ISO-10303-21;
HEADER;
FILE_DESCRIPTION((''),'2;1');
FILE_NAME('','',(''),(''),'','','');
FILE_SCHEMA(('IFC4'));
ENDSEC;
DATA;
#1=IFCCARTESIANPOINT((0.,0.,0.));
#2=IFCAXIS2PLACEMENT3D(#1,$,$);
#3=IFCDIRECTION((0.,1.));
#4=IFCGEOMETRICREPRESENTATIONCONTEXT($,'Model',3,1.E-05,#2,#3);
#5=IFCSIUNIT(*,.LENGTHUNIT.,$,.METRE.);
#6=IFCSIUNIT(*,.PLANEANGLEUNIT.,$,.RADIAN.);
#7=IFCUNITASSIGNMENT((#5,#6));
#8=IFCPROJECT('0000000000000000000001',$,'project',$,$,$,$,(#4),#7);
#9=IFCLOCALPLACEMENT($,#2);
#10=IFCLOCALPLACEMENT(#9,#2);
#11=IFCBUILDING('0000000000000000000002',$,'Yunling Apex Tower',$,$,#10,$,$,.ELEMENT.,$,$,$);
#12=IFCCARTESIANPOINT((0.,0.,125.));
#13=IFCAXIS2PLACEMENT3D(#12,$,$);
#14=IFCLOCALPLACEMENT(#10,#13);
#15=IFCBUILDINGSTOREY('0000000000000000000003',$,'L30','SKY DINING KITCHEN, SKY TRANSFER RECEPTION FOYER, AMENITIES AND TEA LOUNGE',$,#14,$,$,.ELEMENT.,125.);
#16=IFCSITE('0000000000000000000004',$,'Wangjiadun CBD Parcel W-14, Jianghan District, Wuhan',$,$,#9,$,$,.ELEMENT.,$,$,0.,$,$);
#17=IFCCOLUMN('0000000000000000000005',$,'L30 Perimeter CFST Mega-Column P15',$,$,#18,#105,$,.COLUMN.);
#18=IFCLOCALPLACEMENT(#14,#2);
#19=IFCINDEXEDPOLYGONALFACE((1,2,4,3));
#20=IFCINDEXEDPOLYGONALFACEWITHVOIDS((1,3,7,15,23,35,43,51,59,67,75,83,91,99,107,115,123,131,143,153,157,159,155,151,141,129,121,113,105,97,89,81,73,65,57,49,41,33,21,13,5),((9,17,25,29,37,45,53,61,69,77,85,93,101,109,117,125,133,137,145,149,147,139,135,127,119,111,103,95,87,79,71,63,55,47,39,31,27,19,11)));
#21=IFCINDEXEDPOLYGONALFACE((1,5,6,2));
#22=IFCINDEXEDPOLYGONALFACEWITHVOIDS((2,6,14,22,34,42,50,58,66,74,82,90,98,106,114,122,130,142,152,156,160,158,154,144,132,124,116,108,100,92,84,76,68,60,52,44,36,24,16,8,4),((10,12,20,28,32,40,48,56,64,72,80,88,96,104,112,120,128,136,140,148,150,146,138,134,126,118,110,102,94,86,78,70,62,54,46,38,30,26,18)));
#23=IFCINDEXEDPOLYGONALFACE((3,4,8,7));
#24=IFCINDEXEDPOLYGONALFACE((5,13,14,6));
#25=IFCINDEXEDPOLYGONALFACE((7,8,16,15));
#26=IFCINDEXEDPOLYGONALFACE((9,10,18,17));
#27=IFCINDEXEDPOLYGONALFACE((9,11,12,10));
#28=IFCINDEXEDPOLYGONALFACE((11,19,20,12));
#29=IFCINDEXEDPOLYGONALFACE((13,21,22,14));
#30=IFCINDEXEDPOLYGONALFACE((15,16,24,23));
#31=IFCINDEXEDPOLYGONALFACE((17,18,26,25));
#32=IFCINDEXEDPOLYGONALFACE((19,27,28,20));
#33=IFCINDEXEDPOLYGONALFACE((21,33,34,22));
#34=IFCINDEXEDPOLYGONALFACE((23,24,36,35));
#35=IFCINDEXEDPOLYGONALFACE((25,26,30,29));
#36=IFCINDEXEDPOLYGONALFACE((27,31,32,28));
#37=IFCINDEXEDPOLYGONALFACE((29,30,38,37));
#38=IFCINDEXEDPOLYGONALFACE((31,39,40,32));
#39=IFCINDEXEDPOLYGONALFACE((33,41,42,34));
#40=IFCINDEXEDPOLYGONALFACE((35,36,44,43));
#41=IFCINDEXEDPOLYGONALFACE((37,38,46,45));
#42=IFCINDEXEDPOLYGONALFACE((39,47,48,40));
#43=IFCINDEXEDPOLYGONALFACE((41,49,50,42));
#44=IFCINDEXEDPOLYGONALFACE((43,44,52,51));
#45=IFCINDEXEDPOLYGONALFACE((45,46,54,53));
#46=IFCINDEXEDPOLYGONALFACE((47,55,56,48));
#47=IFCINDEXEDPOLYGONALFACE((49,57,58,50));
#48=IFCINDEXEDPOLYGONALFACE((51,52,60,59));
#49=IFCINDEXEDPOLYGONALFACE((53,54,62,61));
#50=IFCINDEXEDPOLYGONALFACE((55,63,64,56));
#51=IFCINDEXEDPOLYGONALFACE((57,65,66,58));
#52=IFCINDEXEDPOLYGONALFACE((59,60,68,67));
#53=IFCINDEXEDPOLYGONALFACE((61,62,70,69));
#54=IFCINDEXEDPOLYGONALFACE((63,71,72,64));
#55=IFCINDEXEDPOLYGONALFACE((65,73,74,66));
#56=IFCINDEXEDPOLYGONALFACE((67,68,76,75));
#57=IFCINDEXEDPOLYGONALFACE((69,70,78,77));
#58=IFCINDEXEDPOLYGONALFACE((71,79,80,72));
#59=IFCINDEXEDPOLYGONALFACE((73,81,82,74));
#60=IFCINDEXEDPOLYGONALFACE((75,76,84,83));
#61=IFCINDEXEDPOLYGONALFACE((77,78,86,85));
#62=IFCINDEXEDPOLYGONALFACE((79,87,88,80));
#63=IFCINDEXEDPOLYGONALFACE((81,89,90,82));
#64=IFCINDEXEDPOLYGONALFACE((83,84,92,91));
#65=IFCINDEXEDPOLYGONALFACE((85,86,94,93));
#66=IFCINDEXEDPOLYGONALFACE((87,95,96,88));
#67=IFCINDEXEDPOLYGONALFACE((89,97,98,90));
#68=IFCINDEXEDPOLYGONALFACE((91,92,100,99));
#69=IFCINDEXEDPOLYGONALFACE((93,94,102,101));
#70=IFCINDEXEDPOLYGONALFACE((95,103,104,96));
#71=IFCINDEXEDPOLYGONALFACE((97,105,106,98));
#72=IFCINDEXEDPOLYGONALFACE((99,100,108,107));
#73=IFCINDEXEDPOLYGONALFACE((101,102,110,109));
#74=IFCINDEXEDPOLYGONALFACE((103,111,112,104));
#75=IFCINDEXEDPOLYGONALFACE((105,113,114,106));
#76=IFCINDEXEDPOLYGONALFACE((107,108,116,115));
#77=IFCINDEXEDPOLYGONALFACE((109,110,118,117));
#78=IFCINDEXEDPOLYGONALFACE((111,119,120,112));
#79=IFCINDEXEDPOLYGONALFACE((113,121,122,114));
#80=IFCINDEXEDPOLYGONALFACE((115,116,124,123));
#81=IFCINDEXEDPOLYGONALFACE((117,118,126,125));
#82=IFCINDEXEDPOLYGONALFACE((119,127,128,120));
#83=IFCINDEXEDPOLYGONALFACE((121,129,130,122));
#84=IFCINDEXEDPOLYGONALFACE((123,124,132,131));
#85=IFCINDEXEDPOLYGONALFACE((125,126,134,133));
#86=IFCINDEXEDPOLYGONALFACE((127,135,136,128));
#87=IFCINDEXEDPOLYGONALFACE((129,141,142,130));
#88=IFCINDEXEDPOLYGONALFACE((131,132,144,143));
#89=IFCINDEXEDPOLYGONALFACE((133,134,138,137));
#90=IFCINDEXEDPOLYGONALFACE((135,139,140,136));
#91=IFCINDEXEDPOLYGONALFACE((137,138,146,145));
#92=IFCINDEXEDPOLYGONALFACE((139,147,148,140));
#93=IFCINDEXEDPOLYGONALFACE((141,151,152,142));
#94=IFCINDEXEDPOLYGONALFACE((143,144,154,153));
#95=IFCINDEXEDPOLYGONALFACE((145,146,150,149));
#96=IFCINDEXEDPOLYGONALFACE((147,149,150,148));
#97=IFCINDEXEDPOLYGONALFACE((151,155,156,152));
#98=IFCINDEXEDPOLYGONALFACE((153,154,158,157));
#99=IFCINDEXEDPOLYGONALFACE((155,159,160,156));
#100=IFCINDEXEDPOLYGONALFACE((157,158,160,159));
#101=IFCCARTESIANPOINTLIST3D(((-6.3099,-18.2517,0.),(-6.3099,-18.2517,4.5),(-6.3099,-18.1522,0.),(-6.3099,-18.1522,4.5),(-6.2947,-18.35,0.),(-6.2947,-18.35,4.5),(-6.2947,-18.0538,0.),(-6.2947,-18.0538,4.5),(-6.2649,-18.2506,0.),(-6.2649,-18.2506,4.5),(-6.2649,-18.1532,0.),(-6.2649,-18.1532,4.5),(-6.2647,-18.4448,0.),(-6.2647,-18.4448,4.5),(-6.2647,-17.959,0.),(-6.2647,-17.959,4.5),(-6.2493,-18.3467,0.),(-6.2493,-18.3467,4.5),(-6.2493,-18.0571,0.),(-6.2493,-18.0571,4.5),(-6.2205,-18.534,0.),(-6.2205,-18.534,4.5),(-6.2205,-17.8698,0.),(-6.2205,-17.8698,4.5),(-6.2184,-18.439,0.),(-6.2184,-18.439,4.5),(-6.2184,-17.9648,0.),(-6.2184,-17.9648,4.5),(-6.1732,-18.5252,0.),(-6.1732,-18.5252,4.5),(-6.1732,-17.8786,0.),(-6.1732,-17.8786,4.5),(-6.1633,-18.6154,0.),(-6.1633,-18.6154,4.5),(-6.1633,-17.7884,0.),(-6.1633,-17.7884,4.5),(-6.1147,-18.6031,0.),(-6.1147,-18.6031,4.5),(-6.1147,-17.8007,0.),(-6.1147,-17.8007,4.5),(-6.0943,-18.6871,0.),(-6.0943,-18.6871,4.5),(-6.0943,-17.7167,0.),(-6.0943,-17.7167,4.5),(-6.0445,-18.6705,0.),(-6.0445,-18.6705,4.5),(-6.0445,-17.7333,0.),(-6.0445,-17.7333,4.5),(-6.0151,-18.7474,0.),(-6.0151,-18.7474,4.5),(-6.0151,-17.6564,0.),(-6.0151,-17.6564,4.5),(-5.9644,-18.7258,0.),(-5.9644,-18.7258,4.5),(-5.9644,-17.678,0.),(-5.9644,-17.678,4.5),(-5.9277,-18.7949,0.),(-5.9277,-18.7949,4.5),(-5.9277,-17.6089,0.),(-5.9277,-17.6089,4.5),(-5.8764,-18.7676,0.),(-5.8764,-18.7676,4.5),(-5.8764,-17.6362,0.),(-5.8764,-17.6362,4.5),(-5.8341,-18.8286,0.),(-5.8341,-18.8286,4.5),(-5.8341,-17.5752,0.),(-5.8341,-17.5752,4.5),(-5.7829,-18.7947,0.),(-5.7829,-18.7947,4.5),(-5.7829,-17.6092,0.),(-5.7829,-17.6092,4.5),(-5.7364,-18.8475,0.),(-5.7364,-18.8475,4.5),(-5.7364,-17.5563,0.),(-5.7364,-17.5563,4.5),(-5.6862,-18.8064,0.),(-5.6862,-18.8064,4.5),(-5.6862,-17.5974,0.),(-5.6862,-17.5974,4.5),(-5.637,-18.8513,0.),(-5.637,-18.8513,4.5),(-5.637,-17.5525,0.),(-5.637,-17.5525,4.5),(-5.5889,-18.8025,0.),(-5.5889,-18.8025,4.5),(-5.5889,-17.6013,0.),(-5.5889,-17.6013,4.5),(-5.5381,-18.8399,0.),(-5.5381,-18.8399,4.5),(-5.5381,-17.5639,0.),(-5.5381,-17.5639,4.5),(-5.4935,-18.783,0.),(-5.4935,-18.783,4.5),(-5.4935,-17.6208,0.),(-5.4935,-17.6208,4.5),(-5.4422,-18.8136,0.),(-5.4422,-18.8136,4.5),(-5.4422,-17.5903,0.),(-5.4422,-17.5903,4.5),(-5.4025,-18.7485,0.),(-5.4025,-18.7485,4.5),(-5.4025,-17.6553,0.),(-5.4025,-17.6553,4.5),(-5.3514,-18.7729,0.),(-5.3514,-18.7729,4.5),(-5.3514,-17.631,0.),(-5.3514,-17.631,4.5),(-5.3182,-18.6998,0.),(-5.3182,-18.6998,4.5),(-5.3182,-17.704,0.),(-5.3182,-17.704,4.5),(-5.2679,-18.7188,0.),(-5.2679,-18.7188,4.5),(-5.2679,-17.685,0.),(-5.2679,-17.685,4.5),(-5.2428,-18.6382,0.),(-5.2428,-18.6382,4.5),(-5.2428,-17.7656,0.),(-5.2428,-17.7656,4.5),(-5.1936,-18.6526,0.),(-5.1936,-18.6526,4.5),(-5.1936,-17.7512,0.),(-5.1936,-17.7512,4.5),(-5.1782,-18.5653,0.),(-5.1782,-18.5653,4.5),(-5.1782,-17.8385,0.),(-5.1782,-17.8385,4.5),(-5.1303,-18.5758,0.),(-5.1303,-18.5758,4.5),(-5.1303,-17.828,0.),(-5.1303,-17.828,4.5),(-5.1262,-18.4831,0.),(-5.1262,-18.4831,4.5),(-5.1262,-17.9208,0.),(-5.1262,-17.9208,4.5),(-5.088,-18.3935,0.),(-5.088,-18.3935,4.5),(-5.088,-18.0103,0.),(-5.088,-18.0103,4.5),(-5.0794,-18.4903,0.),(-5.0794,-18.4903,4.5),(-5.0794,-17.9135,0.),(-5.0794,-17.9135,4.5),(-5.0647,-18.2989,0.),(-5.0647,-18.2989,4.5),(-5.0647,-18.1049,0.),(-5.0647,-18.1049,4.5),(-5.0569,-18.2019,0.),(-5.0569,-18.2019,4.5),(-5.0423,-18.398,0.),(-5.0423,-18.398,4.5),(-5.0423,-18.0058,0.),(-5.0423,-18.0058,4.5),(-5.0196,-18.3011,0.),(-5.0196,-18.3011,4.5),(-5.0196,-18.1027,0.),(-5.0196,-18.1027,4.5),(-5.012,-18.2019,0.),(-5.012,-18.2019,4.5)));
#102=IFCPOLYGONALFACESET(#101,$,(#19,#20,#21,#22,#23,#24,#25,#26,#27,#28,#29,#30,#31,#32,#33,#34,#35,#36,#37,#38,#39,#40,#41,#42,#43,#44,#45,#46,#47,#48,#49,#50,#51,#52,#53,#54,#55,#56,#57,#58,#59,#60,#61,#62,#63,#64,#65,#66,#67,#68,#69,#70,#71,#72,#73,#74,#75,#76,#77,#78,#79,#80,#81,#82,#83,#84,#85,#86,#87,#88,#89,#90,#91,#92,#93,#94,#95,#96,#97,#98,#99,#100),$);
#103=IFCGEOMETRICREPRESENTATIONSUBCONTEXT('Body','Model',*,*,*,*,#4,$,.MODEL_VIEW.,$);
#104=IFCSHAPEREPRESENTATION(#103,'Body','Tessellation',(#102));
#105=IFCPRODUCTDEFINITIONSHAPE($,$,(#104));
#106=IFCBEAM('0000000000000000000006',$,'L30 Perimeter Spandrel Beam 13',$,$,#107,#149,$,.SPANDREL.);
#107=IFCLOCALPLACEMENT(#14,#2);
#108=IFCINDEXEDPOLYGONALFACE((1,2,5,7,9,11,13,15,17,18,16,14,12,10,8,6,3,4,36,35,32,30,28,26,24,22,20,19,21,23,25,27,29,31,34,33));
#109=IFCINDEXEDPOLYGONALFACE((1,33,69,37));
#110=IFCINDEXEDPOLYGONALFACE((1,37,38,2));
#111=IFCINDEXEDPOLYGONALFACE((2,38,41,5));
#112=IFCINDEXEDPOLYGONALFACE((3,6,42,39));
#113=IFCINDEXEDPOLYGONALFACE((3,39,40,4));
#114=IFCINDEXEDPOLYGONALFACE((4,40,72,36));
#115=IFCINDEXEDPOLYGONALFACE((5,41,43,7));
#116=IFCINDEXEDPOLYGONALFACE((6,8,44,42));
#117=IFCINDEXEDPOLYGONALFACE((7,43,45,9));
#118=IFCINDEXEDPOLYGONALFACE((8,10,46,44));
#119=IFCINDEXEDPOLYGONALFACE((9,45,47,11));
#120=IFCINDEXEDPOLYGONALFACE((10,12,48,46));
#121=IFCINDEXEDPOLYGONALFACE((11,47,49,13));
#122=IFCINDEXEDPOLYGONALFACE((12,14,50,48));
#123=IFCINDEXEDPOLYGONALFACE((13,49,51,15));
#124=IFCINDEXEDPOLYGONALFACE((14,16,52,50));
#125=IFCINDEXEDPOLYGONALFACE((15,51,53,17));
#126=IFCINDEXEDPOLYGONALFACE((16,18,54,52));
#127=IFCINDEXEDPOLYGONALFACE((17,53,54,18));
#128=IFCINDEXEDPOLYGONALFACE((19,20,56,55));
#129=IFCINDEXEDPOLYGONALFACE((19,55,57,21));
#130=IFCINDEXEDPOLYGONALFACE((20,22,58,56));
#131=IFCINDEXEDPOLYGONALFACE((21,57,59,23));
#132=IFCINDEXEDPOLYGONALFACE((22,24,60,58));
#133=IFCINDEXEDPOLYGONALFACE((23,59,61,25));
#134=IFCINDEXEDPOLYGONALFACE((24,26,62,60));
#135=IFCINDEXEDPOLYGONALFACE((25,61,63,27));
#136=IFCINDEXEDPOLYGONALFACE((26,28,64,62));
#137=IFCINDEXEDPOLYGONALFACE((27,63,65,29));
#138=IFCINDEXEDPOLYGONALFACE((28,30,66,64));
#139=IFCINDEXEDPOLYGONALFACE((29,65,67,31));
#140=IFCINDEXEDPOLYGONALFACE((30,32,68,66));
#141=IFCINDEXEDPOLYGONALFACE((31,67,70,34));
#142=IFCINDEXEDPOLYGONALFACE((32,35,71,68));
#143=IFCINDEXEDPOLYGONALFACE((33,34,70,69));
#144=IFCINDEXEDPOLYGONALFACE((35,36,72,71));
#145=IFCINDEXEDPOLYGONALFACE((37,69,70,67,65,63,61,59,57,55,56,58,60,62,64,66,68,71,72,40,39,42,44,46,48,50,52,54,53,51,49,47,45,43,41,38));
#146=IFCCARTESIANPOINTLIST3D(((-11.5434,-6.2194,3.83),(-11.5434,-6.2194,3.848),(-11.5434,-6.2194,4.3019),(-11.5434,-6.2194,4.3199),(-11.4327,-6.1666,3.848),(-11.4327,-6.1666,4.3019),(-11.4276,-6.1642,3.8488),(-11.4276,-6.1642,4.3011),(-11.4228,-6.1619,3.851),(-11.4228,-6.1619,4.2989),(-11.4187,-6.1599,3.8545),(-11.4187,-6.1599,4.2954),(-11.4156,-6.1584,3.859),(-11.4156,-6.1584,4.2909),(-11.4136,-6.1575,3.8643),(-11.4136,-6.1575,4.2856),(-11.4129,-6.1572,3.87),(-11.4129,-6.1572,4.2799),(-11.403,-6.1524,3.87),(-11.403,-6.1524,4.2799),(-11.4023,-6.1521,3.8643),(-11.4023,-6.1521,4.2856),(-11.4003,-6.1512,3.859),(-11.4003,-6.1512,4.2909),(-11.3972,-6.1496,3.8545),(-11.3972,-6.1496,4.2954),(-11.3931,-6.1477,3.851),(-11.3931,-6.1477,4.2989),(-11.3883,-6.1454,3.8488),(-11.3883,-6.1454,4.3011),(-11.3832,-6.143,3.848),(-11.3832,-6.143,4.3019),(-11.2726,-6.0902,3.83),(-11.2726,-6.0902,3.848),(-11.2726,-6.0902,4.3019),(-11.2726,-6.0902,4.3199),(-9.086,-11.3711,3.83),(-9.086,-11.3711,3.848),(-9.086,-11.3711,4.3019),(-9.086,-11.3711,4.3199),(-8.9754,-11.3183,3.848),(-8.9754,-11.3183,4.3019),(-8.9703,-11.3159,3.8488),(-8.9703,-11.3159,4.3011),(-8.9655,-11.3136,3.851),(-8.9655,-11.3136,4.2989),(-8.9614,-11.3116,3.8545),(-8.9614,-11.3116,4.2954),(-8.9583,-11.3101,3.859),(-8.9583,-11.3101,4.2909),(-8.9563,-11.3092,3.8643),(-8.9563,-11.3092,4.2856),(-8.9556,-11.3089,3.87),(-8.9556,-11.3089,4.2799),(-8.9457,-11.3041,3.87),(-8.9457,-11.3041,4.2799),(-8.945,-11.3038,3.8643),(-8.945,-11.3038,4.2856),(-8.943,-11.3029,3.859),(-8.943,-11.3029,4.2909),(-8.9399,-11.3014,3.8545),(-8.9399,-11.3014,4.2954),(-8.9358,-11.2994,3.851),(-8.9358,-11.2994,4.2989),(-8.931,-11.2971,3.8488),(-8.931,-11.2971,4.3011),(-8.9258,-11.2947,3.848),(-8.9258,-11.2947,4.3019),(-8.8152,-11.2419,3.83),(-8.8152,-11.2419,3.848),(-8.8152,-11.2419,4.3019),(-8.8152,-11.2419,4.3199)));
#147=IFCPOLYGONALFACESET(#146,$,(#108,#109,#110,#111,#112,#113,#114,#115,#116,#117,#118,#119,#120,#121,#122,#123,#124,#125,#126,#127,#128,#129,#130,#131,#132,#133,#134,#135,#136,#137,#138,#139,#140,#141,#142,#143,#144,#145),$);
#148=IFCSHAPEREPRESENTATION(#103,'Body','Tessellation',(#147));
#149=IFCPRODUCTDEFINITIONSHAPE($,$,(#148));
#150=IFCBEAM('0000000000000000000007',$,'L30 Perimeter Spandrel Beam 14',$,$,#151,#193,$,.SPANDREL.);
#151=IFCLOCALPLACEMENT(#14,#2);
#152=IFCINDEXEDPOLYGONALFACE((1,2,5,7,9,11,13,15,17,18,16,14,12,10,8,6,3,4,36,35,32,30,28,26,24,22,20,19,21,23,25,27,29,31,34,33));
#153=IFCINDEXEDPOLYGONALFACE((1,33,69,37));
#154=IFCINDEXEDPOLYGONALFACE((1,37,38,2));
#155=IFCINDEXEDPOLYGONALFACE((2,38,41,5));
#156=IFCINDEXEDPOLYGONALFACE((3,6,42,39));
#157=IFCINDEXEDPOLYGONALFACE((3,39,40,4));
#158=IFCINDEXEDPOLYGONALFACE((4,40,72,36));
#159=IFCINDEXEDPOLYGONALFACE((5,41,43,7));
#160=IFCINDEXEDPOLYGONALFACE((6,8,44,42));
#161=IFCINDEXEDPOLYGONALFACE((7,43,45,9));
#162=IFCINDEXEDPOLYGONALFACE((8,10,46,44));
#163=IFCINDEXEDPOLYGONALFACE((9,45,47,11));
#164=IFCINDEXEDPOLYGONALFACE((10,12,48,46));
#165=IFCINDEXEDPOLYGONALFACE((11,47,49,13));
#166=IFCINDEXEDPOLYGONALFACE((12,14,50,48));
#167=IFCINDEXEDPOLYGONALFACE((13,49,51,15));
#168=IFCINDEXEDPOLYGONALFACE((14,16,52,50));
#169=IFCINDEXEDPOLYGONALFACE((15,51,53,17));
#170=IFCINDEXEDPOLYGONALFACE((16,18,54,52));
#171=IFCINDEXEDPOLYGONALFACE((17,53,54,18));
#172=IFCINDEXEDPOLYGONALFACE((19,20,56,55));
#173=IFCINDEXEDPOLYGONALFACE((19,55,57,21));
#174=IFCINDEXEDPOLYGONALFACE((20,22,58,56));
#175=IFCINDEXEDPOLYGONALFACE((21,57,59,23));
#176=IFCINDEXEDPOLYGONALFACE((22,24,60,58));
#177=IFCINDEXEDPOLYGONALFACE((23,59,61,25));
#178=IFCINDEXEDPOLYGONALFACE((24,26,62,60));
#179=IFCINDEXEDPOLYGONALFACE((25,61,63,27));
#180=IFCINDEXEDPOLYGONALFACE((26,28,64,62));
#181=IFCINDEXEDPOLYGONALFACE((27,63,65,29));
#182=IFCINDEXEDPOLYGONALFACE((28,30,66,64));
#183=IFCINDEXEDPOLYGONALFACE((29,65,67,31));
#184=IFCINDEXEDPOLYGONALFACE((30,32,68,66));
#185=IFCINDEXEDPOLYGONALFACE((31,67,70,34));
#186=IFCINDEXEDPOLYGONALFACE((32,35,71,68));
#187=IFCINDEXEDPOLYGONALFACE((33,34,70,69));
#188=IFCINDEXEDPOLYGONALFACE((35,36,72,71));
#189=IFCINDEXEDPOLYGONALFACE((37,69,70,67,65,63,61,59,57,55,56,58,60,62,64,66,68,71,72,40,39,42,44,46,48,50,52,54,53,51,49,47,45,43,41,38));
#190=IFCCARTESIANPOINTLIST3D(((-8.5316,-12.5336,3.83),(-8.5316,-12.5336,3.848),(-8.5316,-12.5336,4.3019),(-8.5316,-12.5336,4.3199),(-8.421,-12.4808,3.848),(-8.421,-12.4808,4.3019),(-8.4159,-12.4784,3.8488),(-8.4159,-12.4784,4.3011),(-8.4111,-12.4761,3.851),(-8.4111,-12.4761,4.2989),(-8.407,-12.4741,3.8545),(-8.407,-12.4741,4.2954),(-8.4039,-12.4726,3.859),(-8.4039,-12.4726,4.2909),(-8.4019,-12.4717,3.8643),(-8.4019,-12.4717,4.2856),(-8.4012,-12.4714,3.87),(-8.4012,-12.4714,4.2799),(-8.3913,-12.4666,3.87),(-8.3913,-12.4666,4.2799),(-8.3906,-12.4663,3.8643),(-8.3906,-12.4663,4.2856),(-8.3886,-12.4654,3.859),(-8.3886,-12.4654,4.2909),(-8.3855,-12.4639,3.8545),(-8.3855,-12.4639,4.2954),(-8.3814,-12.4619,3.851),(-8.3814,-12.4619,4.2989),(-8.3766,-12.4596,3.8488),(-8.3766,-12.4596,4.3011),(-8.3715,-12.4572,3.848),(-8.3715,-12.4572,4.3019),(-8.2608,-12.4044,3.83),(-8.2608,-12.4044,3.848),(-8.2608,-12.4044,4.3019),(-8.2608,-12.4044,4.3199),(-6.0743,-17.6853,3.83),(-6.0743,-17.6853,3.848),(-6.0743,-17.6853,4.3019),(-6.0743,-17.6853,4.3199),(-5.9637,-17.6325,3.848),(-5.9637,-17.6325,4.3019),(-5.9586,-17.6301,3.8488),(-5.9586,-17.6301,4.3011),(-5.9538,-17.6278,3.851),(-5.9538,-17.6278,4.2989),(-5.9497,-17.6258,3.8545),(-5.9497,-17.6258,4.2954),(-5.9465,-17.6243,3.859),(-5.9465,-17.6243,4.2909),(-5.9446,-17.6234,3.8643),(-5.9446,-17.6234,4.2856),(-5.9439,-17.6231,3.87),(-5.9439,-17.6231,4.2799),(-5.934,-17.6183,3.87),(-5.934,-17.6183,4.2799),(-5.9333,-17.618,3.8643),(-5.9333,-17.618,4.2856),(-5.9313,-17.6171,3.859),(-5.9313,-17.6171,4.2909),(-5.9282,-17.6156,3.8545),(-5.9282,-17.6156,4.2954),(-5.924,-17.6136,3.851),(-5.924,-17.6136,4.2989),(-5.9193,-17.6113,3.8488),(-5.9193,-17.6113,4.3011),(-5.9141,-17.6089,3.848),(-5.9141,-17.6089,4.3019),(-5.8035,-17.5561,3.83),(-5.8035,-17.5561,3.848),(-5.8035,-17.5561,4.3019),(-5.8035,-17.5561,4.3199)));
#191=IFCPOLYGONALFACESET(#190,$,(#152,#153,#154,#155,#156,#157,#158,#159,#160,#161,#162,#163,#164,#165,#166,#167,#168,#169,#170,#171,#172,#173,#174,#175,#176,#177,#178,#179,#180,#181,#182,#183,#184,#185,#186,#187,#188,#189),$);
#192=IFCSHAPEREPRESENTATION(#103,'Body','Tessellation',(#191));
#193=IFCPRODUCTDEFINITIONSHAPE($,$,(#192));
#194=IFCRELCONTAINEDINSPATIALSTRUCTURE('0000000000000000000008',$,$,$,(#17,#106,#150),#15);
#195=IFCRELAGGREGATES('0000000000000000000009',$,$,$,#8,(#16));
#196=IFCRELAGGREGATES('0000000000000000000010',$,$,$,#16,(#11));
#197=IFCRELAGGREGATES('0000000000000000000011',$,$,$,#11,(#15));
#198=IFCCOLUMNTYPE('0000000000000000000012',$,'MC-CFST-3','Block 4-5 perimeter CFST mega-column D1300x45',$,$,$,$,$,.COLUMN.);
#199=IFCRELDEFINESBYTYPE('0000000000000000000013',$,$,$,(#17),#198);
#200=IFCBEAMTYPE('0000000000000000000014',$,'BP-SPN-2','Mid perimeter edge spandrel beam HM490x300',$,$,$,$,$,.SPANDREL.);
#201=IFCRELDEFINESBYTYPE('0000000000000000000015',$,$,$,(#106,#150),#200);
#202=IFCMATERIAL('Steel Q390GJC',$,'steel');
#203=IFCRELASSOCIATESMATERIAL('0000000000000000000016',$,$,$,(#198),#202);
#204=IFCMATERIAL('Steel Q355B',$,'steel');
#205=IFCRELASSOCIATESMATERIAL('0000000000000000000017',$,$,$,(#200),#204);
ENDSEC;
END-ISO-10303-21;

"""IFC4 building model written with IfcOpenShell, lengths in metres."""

from ifc_helpers import new_model, si_unit, direction, frame, origin, origin_2d, place, context, subcontext, project, spatial, hollow_circle, i_section, extrude, source, transform, mapped, material, material_profile, profile_set, type_object, element, save


model = new_model("IFC4")

# Units and contexts
model_context = context("Model", 3, precision=1e-05, world=origin(), true_north=direction((0.0, 1.0)))
body_context = subcontext(model_context, "Body", "Model", "MODEL_VIEW")
ifc_project = project(units=[si_unit("LENGTHUNIT", "METRE"), si_unit("PLANEANGLEUNIT", "RADIAN")], contexts=[model_context])

# Site, building, storey
site_placement = place(None, origin())
site = spatial("IfcSite", under=ifc_project, at=site_placement, Name="Wangjiadun CBD Parcel W-14, Jianghan District, Wuhan", CompositionType="ELEMENT", RefElevation=0.0)
building_placement = place(site_placement, origin())
building = spatial("IfcBuilding", under=site, at=building_placement, Name="Yunling Apex Tower", CompositionType="ELEMENT")
storey_placement = place(building_placement, frame((0.0, 0.0, 125.0)))
storey = spatial("IfcBuildingStorey", under=building, at=storey_placement, Name="L30", Description="SKY DINING KITCHEN, SKY TRANSFER RECEPTION FOYER, AMENITIES AND TEA LOUNGE", CompositionType="ELEMENT", Elevation=125.0)

# Column
ifc_material_1 = material(Name="Steel Q390GJC", Category="steel")
ifc_material_profile_1 = material_profile(ifc_material_1, hollow_circle(Radius=0.6499, WallThickness=0.0449, at=origin_2d()))
ifc_profile_set_1 = profile_set([ifc_material_profile_1], Name="Steel Q390GJC")
column_type = type_object("IfcColumnType", Name="MC-CFST-3", Description="Block 4-5 perimeter CFST mega-column D1300x45", PredefinedType="COLUMN", material=ifc_profile_set_1)
shared_shape_1 = source(origin(), body_context, "Body", "SweptSolid", [
    extrude(hollow_circle(Radius=0.6499, WallThickness=0.0449, at=origin_2d()), origin(), (0.0, 0.0, 1.0), 4.5),
])
for number, where, z_axis, x_axis, name in (
    (1, (-5.6619, -18.2019, 0.0), (0.0, 0.0, 1.0), (1.0, 0.0, 0.0), "L30 Perimeter CFST Mega-Column P15"),
):
    element("IfcColumn", number, at=place(storey_placement, frame(where, z_axis=z_axis, x_axis=x_axis)), inside=storey, type_object=column_type, Name=name, PredefinedType="COLUMN", context=body_context, shape_type="MappedRepresentation", body=[
        mapped(shared_shape_1, transform((0.0, 0.0, 0.0), scale=1.0)),
    ])

# Beams
ifc_material_2 = material(Name="Steel Q355B", Category="steel")
ifc_material_profile_2 = material_profile(ifc_material_2, i_section(OverallWidth=0.3, OverallDepth=0.49, WebThickness=0.011, FlangeThickness=0.0181, FilletRadius=0.022, at=origin_2d()))
ifc_profile_set_2 = profile_set([ifc_material_profile_2], Name="Steel Q355B")
beam_type_1 = type_object("IfcBeamType", Name="BP-SPN-2", Description="Mid perimeter edge spandrel beam HM490x300", PredefinedType="SPANDREL", material=ifc_profile_set_2)
shared_shape_2 = source(origin(), body_context, "Body", "SweptSolid", [
    extrude(i_section(OverallWidth=0.3, OverallDepth=0.49, WebThickness=0.011, FlangeThickness=0.0181, FilletRadius=0.022, at=origin_2d()), origin(), (0.0, 0.0, 1.0), 5.7078),
])
for number, where, z_axis, x_axis, name in (
    (2, (-11.408, -6.1548, 4.075), (0.430523, -0.90258, 0.0), (0.90258, 0.430523, 0.0), "L30 Perimeter Spandrel Beam 13"),
    (3, (-8.3962, -12.469, 4.075), (0.430523, -0.90258, 0.0), (0.90258, 0.430523, 0.0), "L30 Perimeter Spandrel Beam 14"),
):
    element("IfcBeam", number, at=place(storey_placement, frame(where, z_axis=z_axis, x_axis=x_axis)), inside=storey, type_object=beam_type_1, Name=name, PredefinedType="SPANDREL", context=body_context, shape_type="MappedRepresentation", body=[
        mapped(shared_shape_2, transform((0.0, 0.0, 0.0), scale=1.0)),
    ])

save(model, "model.ifc")
